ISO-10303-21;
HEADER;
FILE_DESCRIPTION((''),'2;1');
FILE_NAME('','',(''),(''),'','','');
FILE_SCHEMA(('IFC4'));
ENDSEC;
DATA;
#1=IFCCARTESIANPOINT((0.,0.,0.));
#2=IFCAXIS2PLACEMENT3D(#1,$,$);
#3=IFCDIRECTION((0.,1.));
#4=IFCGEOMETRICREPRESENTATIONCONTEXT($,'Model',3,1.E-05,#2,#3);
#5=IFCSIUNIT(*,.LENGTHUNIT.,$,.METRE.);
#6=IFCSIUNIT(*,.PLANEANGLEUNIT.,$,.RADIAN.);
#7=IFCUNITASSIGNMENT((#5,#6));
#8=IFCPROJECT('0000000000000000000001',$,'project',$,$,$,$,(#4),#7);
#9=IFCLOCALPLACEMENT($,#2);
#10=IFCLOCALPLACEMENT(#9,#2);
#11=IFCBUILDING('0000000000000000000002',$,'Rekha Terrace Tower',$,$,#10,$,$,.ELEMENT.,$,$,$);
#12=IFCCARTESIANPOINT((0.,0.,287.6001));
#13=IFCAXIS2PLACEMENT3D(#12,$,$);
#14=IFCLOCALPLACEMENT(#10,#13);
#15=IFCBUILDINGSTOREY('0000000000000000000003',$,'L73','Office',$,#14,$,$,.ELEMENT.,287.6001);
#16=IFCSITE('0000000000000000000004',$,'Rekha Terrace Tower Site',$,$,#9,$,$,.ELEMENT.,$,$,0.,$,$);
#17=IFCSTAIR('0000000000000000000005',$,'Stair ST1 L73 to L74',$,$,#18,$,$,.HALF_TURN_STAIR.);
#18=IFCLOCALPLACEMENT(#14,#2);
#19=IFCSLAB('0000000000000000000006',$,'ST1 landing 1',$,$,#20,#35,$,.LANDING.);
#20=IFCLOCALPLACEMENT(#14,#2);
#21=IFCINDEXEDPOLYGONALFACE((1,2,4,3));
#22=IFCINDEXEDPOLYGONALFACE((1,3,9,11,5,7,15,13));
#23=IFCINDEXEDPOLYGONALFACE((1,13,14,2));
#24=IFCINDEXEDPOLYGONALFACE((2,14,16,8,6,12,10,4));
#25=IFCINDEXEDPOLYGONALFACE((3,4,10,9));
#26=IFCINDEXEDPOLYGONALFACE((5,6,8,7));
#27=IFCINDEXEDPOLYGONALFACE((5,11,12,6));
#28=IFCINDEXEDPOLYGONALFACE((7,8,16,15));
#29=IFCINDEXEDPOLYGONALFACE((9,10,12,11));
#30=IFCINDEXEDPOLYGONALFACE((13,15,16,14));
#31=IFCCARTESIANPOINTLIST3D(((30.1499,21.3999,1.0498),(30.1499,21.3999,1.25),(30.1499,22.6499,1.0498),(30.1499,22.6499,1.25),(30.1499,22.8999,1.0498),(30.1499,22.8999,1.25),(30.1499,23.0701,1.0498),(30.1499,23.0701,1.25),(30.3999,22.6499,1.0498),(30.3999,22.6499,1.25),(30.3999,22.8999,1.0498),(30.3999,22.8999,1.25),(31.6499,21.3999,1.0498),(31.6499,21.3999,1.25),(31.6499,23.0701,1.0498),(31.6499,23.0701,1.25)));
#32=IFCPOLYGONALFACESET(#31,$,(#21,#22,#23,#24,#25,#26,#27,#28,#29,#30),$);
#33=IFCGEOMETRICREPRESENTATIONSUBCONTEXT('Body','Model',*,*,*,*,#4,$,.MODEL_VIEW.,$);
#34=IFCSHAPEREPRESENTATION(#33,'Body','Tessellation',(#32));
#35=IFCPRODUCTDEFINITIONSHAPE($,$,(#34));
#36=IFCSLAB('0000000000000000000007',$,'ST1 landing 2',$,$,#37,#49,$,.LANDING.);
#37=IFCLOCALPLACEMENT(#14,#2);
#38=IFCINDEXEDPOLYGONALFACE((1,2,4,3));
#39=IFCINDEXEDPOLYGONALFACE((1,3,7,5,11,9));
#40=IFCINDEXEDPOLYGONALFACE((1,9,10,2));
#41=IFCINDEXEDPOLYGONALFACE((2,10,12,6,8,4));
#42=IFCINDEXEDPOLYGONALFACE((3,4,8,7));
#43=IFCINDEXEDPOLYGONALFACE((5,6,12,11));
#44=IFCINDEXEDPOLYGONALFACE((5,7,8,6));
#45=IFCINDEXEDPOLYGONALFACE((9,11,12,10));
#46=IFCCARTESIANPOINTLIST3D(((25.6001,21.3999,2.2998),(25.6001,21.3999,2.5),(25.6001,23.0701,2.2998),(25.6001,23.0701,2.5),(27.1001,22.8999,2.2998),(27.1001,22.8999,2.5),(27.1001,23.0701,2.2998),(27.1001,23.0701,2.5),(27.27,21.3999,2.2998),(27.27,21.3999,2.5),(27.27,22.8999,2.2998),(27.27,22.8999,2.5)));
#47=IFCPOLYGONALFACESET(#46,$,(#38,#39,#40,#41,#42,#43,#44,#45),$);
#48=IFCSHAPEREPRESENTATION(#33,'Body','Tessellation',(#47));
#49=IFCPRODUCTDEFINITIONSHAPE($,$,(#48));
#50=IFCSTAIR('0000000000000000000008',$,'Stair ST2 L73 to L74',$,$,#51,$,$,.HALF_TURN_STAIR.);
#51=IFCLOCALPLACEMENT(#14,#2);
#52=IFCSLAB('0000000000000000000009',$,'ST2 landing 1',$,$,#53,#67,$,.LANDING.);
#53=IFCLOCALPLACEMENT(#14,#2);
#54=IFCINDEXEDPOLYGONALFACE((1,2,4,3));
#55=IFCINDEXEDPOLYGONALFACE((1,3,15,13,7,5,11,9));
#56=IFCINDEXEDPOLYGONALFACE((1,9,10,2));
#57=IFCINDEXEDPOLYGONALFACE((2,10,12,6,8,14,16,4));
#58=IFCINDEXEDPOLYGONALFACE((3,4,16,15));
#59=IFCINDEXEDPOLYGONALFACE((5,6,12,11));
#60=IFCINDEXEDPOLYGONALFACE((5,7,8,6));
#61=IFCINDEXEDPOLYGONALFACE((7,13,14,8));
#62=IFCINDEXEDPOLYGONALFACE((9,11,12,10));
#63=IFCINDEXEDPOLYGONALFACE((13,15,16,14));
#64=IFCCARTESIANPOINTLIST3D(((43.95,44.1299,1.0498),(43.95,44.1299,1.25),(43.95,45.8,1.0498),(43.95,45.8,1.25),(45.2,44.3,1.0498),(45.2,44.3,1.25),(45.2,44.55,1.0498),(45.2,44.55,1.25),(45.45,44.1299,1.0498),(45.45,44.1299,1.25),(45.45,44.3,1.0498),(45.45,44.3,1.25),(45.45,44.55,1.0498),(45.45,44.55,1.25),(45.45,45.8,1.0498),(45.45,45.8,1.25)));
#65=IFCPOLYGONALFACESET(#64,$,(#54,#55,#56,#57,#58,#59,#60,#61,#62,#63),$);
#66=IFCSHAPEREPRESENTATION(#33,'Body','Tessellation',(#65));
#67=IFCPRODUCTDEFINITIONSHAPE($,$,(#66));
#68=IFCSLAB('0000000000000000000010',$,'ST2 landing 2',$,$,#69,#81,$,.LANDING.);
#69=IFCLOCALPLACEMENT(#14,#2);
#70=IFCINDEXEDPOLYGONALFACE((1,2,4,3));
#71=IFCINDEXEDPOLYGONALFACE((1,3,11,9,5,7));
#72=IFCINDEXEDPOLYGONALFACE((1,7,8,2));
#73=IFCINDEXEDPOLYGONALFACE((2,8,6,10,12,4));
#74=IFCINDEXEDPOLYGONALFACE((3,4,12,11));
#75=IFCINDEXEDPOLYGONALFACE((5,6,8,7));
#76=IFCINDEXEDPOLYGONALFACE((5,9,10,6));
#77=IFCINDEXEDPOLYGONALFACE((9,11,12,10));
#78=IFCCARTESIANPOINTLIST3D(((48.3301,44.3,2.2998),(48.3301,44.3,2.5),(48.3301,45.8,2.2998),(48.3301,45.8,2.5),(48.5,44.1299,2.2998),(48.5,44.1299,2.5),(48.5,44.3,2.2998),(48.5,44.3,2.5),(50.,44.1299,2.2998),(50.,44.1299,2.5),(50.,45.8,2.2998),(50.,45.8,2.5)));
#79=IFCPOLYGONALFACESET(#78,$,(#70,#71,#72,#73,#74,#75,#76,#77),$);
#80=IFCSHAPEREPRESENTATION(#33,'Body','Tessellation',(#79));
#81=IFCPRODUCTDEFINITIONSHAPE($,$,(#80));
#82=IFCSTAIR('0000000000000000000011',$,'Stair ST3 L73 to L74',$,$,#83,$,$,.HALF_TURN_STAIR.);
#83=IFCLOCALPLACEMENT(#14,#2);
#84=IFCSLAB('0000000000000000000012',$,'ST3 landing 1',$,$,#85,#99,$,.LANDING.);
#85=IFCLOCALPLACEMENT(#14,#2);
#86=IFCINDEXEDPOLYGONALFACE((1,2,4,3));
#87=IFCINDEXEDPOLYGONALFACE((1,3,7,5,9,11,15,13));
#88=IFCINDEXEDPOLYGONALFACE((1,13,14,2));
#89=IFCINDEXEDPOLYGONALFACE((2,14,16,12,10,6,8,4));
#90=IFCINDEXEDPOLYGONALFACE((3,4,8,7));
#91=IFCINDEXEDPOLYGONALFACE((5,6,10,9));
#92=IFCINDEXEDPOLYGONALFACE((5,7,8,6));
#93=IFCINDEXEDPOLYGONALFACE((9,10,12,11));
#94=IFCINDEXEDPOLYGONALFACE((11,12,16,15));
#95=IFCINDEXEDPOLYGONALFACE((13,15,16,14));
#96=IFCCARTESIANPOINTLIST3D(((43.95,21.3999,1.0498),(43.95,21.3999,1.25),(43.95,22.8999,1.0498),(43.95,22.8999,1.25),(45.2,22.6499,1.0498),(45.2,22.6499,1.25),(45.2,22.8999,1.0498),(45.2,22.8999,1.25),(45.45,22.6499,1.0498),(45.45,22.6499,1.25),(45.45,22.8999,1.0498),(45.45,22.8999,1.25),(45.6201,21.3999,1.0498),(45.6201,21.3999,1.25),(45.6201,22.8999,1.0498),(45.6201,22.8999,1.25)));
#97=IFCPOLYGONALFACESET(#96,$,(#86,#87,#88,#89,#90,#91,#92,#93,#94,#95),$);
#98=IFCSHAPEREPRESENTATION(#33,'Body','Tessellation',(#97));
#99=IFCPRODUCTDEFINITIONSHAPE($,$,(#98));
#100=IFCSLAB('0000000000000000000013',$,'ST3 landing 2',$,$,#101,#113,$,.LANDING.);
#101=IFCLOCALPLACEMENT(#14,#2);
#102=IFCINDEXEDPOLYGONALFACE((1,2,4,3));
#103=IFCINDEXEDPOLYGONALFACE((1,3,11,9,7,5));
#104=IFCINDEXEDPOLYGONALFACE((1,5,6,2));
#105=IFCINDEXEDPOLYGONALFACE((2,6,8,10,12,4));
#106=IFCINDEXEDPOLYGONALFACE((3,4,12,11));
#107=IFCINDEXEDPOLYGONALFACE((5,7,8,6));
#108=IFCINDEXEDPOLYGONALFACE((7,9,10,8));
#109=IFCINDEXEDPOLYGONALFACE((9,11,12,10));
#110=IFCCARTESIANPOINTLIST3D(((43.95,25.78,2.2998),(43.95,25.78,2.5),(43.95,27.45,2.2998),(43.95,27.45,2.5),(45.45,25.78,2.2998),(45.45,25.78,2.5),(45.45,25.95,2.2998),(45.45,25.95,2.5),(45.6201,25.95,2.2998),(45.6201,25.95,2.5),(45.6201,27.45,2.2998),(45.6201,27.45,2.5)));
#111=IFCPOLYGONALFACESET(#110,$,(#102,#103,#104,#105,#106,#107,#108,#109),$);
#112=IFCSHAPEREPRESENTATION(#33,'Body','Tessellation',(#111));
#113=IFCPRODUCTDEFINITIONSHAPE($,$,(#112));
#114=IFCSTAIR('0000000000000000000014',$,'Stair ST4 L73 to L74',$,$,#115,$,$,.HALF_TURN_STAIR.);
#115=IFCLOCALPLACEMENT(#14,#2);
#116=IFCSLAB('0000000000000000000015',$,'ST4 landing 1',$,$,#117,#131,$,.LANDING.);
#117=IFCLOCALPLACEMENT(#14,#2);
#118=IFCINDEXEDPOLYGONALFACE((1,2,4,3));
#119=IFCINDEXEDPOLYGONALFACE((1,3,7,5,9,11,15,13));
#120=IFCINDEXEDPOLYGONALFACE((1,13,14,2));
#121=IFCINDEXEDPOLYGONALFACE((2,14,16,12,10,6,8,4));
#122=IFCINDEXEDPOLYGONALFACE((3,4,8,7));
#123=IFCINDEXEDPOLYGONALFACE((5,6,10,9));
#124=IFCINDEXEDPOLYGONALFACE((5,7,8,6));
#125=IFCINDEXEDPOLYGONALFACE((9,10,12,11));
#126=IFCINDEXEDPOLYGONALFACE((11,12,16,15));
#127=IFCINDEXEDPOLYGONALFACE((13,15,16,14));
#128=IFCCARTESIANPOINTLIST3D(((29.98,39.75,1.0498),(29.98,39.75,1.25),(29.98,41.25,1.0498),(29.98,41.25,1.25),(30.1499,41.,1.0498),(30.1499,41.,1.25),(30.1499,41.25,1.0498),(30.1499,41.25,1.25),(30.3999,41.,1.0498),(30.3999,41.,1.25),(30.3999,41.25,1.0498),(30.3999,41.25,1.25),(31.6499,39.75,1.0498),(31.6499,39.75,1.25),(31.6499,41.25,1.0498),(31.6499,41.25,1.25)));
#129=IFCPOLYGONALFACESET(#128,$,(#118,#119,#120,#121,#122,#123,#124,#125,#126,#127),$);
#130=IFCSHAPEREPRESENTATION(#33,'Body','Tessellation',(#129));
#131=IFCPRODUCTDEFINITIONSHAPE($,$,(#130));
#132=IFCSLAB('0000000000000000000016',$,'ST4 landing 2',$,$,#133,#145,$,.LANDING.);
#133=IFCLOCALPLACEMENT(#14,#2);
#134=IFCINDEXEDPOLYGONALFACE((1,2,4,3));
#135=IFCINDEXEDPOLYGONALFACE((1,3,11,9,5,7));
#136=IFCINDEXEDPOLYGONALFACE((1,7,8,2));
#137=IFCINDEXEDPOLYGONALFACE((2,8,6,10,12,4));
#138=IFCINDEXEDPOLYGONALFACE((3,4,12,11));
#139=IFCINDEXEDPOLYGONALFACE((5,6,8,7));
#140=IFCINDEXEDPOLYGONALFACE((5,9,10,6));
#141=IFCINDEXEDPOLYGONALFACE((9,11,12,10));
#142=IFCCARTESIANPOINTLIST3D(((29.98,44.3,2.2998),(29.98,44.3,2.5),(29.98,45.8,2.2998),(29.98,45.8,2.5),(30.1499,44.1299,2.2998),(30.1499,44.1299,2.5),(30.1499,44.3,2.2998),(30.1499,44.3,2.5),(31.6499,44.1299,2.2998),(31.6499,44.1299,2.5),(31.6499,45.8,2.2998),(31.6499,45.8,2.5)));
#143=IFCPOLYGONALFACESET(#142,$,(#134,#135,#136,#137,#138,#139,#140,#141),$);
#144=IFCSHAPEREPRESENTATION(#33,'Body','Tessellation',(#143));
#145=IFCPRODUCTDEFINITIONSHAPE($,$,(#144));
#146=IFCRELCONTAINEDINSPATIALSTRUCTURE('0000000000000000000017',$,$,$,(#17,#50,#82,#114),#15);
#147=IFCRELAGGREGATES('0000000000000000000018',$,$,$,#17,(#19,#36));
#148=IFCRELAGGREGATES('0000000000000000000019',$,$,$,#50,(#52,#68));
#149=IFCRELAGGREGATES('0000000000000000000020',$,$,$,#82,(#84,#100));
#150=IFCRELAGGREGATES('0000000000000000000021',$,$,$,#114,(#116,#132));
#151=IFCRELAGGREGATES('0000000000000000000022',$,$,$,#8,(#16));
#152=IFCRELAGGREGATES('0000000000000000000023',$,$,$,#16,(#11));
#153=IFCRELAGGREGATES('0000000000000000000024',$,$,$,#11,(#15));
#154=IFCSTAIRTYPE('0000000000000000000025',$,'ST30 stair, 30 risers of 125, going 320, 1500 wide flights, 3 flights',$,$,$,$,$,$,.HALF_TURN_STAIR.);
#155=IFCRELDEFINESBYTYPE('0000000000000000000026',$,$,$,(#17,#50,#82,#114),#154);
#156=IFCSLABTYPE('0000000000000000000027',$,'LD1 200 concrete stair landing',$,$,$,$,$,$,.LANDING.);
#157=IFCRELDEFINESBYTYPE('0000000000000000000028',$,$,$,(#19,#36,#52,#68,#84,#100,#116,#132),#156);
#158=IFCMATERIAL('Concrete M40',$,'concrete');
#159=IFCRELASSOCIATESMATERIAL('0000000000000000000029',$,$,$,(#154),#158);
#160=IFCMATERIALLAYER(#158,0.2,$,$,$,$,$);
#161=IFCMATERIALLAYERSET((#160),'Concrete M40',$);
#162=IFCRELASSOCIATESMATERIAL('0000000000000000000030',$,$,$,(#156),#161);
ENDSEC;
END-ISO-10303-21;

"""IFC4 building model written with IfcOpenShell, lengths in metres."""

from ifc_helpers import new_model, si_unit, direction, frame, origin, place, context, subcontext, project, spatial, polyline, outline, extrude, material, layer, layer_set, type_object, element, aggregate, save


model = new_model("IFC4")

# Units and contexts
model_context = context("Model", 3, precision=1e-05, world=origin(), true_north=direction((0.0, 1.0)))
body_context = subcontext(model_context, "Body", "Model", "MODEL_VIEW")
ifc_project = project(units=[si_unit("LENGTHUNIT", "METRE"), si_unit("PLANEANGLEUNIT", "RADIAN")], contexts=[model_context])

# Site, building, storey
site_placement = place(None, origin())
site = spatial("IfcSite", under=ifc_project, at=site_placement, Name="Rekha Terrace Tower Site", CompositionType="ELEMENT", RefElevation=0.0)
building_placement = place(site_placement, origin())
building = spatial("IfcBuilding", under=site, at=building_placement, Name="Rekha Terrace Tower", CompositionType="ELEMENT")
storey_placement = place(building_placement, frame((0.0, 0.0, 287.6001)))
storey = spatial("IfcBuildingStorey", under=building, at=storey_placement, Name="L73", Description="Office", CompositionType="ELEMENT", Elevation=287.6001)

# Stairs, slabs
ifc_material_1 = material(Name="Concrete M40", Category="concrete")
stair_type = type_object("IfcStairType", Name="ST30 stair, 30 risers of 125, going 320, 1500 wide flights, 3 flights", PredefinedType="HALF_TURN_STAIR", material=ifc_material_1)
stair_1_placement = place(storey_placement, origin())
stair_1 = element("IfcStair", 1, at=stair_1_placement, inside=storey, type_object=stair_type, Name="Stair ST1 L73 to L74", PredefinedType="HALF_TURN_STAIR")
ifc_layer_1 = layer(ifc_material_1, 0.2)
ifc_layer_set_1 = layer_set([ifc_layer_1], Name="Concrete M40")
slab_type_1 = type_object("IfcSlabType", Name="LD1 200 concrete stair landing", PredefinedType="LANDING", material=ifc_layer_set_1)
slab_1_placement = place(storey_placement, frame((0.0, 0.0, 1.0498)))
slab_1 = element("IfcSlab", 2, at=slab_1_placement, type_object=slab_type_1, Name="ST1 landing 1", PredefinedType="LANDING", context=body_context, shape_type="SweptSolid", body=[
    extrude(outline(polyline([(30.1499, 21.3999), (31.6499, 21.3999), (31.6499, 23.0701), (30.1499, 23.0701), (30.1499, 22.8999), (30.3999, 22.8999), (30.3999, 22.6499), (30.1499, 22.6499), (30.1499, 21.3999)])), origin(), (0.0, 0.0, 1.0), 0.2002),
])
slab_2_placement = place(storey_placement, frame((0.0, 0.0, 2.2998)))
slab_2 = element("IfcSlab", 3, at=slab_2_placement, type_object=slab_type_1, Name="ST1 landing 2", PredefinedType="LANDING", context=body_context, shape_type="SweptSolid", body=[
    extrude(outline(polyline([(27.1001, 23.0701), (25.6001, 23.0701), (25.6001, 21.3999), (27.27, 21.3999), (27.27, 22.8999), (27.1001, 22.8999), (27.1001, 23.0701)])), origin(), (0.0, 0.0, 1.0), 0.2002),
])
aggregate(stair_1, [slab_1, slab_2])
stair_2_placement = place(storey_placement, origin())
stair_2 = element("IfcStair", 4, at=stair_2_placement, inside=storey, type_object=stair_type, Name="Stair ST2 L73 to L74", PredefinedType="HALF_TURN_STAIR")
slab_3_placement = place(storey_placement, frame((0.0, 0.0, 1.0498)))
slab_3 = element("IfcSlab", 5, at=slab_3_placement, type_object=slab_type_1, Name="ST2 landing 1", PredefinedType="LANDING", context=body_context, shape_type="SweptSolid", body=[
    extrude(outline(polyline([(45.45, 45.8), (43.95, 45.8), (43.95, 44.1299), (45.45, 44.1299), (45.45, 44.3), (45.2, 44.3), (45.2, 44.55), (45.45, 44.55), (45.45, 45.8)])), origin(), (0.0, 0.0, 1.0), 0.2002),
])
slab_4_placement = place(storey_placement, frame((0.0, 0.0, 2.2998)))
slab_4 = element("IfcSlab", 6, at=slab_4_placement, type_object=slab_type_1, Name="ST2 landing 2", PredefinedType="LANDING", context=body_context, shape_type="SweptSolid", body=[
    extrude(outline(polyline([(48.5, 44.1299), (50.0, 44.1299), (50.0, 45.8), (48.3301, 45.8), (48.3301, 44.3), (48.5, 44.3), (48.5, 44.1299)])), origin(), (0.0, 0.0, 1.0), 0.2002),
])
aggregate(stair_2, [slab_3, slab_4])
stair_3_placement = place(storey_placement, origin())
stair_3 = element("IfcStair", 7, at=stair_3_placement, inside=storey, type_object=stair_type, Name="Stair ST3 L73 to L74", PredefinedType="HALF_TURN_STAIR")
slab_5_placement = place(storey_placement, frame((0.0, 0.0, 1.0498)))
slab_5 = element("IfcSlab", 8, at=slab_5_placement, type_object=slab_type_1, Name="ST3 landing 1", PredefinedType="LANDING", context=body_context, shape_type="SweptSolid", body=[
    extrude(outline(polyline([(43.95, 22.8999), (43.95, 21.3999), (45.6201, 21.3999), (45.6201, 22.8999), (45.45, 22.8999), (45.45, 22.6499), (45.2, 22.6499), (45.2, 22.8999), (43.95, 22.8999)])), origin(), (0.0, 0.0, 1.0), 0.2002),
])
slab_6_placement = place(storey_placement, frame((0.0, 0.0, 2.2998)))
slab_6 = element("IfcSlab", 9, at=slab_6_placement, type_object=slab_type_1, Name="ST3 landing 2", PredefinedType="LANDING", context=body_context, shape_type="SweptSolid", body=[
    extrude(outline(polyline([(45.6201, 25.95), (45.6201, 27.45), (43.95, 27.45), (43.95, 25.78), (45.45, 25.78), (45.45, 25.95), (45.6201, 25.95)])), origin(), (0.0, 0.0, 1.0), 0.2002),
])
aggregate(stair_3, [slab_5, slab_6])
stair_4_placement = place(storey_placement, origin())
stair_4 = element("IfcStair", 10, at=stair_4_placement, inside=storey, type_object=stair_type, Name="Stair ST4 L73 to L74", PredefinedType="HALF_TURN_STAIR")
slab_7_placement = place(storey_placement, frame((0.0, 0.0, 1.0498)))
slab_7 = element("IfcSlab", 11, at=slab_7_placement, type_object=slab_type_1, Name="ST4 landing 1", PredefinedType="LANDING", context=body_context, shape_type="SweptSolid", body=[
    extrude(outline(polyline([(31.6499, 41.25), (31.6499, 39.75), (29.98, 39.75), (29.98, 41.25), (30.1499, 41.25), (30.1499, 41.0), (30.3999, 41.0), (30.3999, 41.25), (31.6499, 41.25)])), origin(), (0.0, 0.0, 1.0), 0.2002),
])
slab_8_placement = place(storey_placement, frame((0.0, 0.0, 2.2998)))
slab_8 = element("IfcSlab", 12, at=slab_8_placement, type_object=slab_type_1, Name="ST4 landing 2", PredefinedType="LANDING", context=body_context, shape_type="SweptSolid", body=[
    extrude(outline(polyline([(29.98, 44.3), (29.98, 45.8), (31.6499, 45.8), (31.6499, 44.1299), (30.1499, 44.1299), (30.1499, 44.3), (29.98, 44.3)])), origin(), (0.0, 0.0, 1.0), 0.2002),
])
aggregate(stair_4, [slab_7, slab_8])

save(model, "model.ifc")
